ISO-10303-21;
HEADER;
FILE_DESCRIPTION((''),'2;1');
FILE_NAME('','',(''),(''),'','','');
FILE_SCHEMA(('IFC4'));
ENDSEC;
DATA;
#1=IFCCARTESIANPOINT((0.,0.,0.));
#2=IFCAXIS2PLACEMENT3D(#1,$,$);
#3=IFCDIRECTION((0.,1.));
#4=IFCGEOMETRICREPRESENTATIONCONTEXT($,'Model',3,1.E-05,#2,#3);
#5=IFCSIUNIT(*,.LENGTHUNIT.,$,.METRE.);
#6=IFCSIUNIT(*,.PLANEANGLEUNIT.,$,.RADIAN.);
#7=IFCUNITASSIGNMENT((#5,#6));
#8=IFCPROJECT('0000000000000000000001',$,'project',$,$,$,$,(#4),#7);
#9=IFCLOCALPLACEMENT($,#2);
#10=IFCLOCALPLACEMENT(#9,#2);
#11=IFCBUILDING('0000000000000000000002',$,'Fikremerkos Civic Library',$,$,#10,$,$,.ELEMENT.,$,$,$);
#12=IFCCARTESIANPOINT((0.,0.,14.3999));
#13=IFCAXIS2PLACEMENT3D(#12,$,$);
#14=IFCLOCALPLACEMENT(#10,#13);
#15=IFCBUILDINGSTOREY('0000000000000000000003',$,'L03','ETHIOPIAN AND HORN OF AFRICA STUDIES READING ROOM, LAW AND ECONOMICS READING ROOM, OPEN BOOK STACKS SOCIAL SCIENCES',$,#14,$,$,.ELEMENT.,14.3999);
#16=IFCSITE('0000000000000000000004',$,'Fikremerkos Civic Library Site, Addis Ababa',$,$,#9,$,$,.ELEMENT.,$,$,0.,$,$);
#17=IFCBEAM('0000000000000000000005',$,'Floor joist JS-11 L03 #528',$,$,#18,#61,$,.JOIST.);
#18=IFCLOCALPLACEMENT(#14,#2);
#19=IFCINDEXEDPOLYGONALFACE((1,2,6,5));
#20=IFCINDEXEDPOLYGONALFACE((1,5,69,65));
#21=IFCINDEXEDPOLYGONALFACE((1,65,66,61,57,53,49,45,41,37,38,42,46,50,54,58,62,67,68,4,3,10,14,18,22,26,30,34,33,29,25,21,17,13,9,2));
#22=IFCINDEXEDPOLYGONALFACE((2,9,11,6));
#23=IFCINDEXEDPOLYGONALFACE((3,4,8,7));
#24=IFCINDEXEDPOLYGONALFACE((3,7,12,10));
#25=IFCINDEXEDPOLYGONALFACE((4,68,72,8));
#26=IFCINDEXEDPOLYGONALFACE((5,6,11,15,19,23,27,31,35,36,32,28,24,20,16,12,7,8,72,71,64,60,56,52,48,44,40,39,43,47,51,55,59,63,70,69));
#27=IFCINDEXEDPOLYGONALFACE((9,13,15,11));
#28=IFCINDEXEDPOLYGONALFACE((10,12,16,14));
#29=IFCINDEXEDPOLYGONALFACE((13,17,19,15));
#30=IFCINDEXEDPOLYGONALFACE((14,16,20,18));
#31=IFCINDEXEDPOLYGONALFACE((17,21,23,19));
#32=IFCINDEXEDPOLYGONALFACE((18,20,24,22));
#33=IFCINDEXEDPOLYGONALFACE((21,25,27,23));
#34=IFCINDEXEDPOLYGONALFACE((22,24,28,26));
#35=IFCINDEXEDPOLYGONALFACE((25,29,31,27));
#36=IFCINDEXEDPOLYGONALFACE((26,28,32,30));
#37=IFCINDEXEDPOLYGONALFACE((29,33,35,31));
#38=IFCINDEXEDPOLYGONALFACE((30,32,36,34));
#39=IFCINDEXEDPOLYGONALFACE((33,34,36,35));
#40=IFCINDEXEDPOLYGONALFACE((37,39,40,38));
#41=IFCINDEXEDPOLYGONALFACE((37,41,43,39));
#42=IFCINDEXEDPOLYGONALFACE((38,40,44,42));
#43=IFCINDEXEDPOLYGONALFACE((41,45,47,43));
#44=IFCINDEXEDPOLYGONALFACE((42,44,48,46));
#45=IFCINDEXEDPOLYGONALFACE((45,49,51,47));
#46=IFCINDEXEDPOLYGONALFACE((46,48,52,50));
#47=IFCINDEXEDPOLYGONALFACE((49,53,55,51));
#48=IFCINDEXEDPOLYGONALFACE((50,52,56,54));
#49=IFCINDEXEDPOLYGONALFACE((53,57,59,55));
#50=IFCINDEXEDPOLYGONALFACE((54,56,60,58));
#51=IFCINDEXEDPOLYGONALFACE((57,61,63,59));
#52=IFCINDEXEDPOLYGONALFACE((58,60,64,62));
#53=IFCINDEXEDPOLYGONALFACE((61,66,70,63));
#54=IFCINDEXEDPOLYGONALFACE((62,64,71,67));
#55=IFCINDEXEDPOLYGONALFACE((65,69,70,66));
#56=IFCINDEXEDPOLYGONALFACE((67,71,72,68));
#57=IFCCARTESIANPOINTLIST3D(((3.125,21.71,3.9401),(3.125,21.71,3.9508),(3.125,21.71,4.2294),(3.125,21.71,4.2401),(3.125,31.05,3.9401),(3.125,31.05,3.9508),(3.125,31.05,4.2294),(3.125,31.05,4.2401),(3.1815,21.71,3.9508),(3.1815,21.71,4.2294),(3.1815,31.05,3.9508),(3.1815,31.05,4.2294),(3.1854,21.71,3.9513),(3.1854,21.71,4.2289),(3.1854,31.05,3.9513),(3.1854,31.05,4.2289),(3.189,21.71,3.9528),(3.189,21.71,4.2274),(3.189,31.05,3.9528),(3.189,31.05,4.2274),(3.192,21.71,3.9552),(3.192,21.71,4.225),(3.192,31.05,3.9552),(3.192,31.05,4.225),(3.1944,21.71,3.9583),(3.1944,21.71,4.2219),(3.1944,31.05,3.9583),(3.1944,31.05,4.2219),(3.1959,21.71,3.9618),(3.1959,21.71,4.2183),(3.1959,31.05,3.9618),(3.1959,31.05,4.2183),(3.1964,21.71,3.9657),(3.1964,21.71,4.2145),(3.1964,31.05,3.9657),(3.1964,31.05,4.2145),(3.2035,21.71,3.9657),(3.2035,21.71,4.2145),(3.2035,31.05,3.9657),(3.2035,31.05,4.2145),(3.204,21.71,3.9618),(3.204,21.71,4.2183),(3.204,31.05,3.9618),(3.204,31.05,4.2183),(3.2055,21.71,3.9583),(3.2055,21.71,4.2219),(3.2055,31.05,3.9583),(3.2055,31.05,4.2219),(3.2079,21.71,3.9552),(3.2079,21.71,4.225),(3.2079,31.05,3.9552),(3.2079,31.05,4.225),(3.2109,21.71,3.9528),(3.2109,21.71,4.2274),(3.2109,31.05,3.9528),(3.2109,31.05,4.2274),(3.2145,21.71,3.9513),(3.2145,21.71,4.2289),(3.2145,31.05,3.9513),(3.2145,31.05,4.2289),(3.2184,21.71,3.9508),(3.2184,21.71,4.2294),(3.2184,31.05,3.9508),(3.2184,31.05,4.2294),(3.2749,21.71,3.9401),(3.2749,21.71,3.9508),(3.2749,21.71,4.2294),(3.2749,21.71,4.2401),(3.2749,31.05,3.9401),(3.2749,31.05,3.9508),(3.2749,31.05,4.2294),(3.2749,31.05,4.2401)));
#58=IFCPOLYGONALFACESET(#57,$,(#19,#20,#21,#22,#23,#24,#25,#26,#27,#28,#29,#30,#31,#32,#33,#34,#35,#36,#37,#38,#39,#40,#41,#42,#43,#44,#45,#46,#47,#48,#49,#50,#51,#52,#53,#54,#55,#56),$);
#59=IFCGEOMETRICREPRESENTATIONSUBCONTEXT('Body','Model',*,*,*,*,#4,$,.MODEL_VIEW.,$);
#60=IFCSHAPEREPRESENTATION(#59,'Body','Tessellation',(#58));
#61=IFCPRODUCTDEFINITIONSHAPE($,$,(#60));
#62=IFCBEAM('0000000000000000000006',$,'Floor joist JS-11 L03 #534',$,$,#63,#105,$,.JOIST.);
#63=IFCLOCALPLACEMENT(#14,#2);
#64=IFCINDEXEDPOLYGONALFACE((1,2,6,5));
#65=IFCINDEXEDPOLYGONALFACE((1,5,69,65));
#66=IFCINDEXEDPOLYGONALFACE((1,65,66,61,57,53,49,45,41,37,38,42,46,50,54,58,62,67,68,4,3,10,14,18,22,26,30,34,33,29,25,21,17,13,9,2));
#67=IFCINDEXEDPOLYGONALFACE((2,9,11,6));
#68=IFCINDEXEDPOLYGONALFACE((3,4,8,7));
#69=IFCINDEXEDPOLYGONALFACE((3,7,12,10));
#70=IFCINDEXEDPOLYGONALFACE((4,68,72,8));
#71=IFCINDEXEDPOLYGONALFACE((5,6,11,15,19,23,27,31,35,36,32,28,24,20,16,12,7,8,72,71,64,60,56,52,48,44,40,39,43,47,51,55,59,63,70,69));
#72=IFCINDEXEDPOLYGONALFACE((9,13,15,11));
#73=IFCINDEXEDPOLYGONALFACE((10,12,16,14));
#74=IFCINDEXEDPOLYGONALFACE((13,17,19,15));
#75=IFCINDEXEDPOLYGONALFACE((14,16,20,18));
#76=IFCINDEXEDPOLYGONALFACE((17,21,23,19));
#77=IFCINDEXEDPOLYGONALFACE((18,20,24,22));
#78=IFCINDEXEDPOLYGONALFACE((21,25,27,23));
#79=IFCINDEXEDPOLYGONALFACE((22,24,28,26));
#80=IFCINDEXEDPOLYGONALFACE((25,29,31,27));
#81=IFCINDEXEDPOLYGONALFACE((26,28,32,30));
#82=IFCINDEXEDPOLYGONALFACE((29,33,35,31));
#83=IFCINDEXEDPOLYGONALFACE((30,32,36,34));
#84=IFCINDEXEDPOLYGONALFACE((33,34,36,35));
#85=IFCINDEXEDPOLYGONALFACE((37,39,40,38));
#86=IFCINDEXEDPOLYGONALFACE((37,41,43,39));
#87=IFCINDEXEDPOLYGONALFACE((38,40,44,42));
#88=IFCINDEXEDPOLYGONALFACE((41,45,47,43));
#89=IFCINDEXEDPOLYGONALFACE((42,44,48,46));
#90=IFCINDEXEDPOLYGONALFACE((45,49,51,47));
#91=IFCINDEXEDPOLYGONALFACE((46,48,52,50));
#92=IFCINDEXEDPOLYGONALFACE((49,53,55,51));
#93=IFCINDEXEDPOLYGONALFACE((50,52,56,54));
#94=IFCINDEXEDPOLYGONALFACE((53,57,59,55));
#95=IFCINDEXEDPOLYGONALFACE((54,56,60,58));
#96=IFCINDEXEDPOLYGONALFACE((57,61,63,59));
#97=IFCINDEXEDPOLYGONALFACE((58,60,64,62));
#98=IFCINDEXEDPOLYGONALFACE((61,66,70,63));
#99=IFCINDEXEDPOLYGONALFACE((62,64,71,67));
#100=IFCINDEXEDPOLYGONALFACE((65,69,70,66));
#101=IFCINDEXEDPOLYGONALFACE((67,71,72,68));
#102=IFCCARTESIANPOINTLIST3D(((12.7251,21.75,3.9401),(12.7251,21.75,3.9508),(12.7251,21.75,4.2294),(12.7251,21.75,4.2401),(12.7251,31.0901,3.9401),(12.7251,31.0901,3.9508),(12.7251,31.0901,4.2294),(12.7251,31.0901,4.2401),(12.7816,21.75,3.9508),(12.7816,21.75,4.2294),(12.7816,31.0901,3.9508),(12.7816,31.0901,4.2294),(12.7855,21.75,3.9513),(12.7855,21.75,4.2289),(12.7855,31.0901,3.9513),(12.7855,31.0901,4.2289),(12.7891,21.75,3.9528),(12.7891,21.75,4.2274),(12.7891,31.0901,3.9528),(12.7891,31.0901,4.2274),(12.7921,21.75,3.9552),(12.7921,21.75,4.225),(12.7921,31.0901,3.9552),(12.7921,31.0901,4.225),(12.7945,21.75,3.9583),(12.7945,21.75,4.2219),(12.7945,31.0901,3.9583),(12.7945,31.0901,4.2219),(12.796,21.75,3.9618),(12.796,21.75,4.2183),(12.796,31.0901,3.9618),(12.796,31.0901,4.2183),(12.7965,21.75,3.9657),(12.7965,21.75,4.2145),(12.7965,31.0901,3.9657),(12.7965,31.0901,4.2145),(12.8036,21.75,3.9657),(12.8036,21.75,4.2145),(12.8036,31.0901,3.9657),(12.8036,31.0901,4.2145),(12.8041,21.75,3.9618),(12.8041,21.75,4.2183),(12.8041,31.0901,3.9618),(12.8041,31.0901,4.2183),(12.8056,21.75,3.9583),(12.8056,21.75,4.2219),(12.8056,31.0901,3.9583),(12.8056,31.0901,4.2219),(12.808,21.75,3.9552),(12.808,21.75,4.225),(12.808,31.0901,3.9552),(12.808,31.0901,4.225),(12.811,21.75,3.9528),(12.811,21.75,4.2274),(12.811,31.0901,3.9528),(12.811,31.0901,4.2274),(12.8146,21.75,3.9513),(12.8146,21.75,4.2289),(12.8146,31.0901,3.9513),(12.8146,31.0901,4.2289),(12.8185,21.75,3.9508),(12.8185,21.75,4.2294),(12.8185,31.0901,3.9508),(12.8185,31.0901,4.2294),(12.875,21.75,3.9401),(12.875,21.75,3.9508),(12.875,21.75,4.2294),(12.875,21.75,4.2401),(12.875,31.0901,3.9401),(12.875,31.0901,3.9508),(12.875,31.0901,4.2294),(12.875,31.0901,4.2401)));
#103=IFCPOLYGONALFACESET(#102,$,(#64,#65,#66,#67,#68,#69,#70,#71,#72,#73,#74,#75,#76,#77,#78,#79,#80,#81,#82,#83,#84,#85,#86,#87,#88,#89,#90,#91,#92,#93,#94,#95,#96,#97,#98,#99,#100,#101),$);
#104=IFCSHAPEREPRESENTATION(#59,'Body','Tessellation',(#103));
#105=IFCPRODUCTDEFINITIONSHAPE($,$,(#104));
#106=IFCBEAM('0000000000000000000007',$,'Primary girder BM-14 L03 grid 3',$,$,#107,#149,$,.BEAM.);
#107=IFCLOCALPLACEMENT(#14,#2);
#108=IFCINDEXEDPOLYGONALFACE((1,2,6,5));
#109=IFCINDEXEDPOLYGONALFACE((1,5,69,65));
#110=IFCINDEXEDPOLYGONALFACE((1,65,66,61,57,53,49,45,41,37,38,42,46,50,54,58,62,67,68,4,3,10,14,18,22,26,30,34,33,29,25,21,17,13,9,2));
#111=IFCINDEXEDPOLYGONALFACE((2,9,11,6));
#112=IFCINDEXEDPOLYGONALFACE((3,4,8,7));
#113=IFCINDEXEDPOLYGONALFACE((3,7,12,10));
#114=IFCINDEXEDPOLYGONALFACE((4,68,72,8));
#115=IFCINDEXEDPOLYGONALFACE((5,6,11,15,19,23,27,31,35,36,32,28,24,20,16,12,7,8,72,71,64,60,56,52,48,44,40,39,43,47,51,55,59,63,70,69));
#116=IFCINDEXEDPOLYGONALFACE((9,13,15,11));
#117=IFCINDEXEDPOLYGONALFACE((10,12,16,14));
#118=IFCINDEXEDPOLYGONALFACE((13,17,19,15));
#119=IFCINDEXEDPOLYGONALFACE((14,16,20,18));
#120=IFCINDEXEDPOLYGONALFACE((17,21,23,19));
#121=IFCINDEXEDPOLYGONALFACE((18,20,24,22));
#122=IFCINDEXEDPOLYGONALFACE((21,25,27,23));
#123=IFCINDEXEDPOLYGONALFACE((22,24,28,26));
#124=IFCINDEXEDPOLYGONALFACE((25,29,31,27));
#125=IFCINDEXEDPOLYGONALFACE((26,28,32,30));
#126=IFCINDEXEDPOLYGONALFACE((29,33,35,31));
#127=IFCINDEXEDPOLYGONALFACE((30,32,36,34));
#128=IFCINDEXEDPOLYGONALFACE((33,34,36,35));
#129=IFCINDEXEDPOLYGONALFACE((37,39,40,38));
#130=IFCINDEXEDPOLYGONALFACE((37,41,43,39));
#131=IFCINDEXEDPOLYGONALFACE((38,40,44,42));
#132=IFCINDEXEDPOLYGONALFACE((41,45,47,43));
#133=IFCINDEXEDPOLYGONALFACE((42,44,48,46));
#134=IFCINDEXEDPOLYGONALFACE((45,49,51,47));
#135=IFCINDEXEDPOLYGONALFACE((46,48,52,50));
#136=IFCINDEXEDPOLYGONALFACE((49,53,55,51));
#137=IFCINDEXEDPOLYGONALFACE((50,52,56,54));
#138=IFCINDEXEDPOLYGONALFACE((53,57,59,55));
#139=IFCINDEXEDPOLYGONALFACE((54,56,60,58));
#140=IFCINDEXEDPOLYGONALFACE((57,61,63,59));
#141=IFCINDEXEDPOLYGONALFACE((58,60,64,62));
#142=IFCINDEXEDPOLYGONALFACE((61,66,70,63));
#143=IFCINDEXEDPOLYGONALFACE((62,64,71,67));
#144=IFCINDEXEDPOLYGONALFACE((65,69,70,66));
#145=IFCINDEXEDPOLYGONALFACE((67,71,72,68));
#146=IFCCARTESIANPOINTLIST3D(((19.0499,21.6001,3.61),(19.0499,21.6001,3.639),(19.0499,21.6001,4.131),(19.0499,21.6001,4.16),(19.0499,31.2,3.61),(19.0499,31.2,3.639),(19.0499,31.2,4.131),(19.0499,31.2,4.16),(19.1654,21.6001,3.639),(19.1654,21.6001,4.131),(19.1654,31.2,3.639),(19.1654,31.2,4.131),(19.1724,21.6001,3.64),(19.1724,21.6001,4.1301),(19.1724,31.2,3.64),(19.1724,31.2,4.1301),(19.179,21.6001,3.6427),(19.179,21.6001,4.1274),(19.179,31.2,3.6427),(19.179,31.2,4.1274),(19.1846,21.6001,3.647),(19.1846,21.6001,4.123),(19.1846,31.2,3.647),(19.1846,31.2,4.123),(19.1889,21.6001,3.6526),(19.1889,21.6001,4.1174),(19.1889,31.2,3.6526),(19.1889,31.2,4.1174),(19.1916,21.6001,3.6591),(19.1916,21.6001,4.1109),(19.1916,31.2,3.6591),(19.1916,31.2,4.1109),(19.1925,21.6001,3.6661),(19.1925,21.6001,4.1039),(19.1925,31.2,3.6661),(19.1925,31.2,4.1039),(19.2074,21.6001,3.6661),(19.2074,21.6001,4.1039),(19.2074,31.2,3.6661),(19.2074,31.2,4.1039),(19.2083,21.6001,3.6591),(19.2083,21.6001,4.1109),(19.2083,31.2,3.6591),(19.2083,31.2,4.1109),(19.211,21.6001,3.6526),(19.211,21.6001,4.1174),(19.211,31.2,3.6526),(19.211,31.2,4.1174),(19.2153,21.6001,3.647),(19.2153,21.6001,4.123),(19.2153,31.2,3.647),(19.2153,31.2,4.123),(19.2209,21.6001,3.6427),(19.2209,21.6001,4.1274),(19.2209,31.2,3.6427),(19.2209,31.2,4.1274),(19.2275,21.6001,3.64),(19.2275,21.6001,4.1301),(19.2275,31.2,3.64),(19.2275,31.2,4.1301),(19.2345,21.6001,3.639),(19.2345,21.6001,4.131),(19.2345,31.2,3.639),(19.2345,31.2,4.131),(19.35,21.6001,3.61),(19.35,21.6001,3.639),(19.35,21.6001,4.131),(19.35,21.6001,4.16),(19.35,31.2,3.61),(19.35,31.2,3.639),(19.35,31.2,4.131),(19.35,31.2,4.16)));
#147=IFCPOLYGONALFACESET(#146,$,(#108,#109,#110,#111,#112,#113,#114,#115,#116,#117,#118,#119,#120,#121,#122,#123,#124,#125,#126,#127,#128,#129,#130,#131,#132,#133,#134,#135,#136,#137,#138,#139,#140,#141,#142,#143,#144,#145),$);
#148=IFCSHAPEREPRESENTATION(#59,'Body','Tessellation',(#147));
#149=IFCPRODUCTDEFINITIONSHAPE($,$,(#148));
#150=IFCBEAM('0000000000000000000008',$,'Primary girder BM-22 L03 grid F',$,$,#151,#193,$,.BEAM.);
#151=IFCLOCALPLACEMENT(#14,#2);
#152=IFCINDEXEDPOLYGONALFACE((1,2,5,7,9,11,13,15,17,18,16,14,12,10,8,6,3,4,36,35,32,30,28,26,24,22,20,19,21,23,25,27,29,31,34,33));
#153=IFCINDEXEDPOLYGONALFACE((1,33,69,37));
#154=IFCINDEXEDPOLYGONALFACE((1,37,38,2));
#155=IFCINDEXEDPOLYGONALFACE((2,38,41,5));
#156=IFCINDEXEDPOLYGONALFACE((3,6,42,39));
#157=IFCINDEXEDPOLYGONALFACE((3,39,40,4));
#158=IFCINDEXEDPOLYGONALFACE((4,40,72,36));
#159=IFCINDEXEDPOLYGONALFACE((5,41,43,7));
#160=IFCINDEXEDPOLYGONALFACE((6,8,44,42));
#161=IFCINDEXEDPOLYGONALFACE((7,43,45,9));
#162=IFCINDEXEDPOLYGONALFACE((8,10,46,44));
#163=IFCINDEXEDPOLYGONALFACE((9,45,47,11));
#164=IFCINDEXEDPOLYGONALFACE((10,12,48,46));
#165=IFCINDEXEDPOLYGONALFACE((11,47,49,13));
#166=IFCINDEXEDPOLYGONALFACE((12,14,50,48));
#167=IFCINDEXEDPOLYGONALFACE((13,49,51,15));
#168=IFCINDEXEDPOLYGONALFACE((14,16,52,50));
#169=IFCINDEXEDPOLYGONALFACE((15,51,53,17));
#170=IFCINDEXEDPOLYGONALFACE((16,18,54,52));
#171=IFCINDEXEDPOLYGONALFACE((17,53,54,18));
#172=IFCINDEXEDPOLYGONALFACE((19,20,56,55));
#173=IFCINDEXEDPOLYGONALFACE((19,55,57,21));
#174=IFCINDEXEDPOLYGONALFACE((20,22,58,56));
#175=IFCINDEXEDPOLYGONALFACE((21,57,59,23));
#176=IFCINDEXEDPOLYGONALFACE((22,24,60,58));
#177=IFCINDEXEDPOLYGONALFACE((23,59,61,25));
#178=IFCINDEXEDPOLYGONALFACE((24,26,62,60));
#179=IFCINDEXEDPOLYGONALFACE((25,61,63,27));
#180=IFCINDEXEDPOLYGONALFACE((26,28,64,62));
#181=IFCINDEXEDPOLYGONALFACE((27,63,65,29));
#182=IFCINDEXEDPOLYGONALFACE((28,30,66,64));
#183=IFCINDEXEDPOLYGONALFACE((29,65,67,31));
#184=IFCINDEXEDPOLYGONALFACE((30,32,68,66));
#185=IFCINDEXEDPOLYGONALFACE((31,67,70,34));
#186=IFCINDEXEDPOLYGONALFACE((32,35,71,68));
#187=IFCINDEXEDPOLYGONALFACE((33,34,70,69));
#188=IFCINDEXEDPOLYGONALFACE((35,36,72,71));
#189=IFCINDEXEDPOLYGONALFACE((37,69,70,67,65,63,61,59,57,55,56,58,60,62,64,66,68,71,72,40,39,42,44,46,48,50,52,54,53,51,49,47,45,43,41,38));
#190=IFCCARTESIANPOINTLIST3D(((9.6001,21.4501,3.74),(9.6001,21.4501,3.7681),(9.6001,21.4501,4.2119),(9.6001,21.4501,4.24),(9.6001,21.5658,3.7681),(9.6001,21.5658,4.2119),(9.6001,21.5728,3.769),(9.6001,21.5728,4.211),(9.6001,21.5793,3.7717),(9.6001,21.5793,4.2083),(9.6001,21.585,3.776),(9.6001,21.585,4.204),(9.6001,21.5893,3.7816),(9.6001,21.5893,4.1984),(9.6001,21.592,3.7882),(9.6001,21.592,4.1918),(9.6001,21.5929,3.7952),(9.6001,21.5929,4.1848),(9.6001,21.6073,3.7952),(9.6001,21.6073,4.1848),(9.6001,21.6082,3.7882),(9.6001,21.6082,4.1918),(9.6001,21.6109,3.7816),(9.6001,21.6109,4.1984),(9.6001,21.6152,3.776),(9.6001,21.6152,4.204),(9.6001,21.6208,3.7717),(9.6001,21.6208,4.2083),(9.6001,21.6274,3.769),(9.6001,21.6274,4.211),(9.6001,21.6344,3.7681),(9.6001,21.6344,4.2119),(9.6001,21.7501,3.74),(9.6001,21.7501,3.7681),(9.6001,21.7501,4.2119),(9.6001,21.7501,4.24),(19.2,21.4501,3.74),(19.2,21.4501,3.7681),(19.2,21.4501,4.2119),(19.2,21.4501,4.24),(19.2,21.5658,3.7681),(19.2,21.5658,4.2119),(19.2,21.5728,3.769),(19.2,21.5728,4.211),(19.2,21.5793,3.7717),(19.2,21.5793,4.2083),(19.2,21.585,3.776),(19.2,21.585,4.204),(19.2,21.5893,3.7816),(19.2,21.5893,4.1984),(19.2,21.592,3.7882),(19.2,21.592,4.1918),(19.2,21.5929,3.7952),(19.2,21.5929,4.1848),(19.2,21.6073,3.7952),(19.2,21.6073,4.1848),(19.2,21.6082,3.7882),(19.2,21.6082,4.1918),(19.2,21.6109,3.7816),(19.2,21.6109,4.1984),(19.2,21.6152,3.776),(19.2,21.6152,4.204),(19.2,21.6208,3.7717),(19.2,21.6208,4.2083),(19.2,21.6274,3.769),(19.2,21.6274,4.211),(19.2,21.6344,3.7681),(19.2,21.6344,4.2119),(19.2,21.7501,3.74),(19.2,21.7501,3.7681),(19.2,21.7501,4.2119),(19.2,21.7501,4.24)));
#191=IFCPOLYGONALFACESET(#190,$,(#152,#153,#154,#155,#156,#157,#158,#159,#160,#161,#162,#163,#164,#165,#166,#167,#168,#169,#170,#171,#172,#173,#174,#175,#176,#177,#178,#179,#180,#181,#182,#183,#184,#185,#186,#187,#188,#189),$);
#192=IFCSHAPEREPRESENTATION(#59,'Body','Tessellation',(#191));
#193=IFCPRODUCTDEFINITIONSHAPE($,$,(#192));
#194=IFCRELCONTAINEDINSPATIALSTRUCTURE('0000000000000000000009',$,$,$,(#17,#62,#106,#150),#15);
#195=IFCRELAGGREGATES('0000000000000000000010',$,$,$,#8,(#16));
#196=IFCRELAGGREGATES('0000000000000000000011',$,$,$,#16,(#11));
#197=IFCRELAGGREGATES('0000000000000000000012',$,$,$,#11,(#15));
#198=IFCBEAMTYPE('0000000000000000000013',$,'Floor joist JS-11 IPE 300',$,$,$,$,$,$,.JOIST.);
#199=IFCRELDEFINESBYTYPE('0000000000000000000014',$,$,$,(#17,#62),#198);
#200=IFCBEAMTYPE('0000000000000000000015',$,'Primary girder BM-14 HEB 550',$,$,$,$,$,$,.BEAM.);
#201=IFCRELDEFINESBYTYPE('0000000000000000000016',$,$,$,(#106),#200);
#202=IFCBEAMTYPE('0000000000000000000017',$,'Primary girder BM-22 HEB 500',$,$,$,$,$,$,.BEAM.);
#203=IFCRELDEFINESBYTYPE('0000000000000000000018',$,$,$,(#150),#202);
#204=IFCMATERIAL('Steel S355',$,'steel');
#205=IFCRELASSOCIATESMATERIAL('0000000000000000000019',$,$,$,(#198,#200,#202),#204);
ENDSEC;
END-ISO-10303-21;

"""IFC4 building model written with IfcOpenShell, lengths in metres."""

from ifc_helpers import new_model, si_unit, direction, frame, origin, origin_2d, place, context, subcontext, project, spatial, i_section, extrude, material, material_profile, profile_set, type_object, element, save


model = new_model("IFC4")

# Units and contexts
model_context = context("Model", 3, precision=1e-05, world=origin(), true_north=direction((0.0, 1.0)))
body_context = subcontext(model_context, "Body", "Model", "MODEL_VIEW")
ifc_project = project(units=[si_unit("LENGTHUNIT", "METRE"), si_unit("PLANEANGLEUNIT", "RADIAN")], contexts=[model_context])

# Site, building, storey
site_placement = place(None, origin())
site = spatial("IfcSite", under=ifc_project, at=site_placement, Name="Fikremerkos Civic Library Site, Addis Ababa", CompositionType="ELEMENT", RefElevation=0.0)
building_placement = place(site_placement, origin())
building = spatial("IfcBuilding", under=site, at=building_placement, Name="Fikremerkos Civic Library", CompositionType="ELEMENT")
storey_placement = place(building_placement, frame((0.0, 0.0, 14.3999)))
storey = spatial("IfcBuildingStorey", under=building, at=storey_placement, Name="L03", Description="ETHIOPIAN AND HORN OF AFRICA STUDIES READING ROOM, LAW AND ECONOMICS READING ROOM, OPEN BOOK STACKS SOCIAL SCIENCES", CompositionType="ELEMENT", Elevation=14.3999)

# Shared definitions
ifc_material_1 = material(Name="Steel S355", Category="steel")

# Beams
ifc_material_profile_1 = material_profile(ifc_material_1, i_section(OverallWidth=0.1499, OverallDepth=0.3, WebThickness=0.0071, FlangeThickness=0.0107, FilletRadius=0.0149, at=origin_2d()), Name="IPE 300")
ifc_profile_set_1 = profile_set([ifc_material_profile_1], Name="Steel S355")
beam_type_1 = type_object("IfcBeamType", Name="Floor joist JS-11 IPE 300", PredefinedType="JOIST", material=ifc_profile_set_1)
for number, where, z_axis, x_axis, name in (
    (1, (3.2, 21.71, 4.0901), (0.0, 1.0, 0.0), (-1.0, 0.0, 0.0), "Floor joist JS-11 L03 #528"),
    (2, (12.8, 21.75, 4.0901), (0.0, 1.0, 0.0), (-1.0, 0.0, 0.0), "Floor joist JS-11 L03 #534"),
):
    element("IfcBeam", number, at=place(storey_placement, frame(where, z_axis=z_axis, x_axis=x_axis)), inside=storey, type_object=beam_type_1, Name=name, PredefinedType="JOIST", context=body_context, shape_type="SweptSolid", body=[
        extrude(i_section(OverallWidth=0.1499, OverallDepth=0.3, WebThickness=0.0071, FlangeThickness=0.0107, FilletRadius=0.0149, at=origin_2d()), origin(), (0.0, 0.0, 1.0), 9.3401),
    ])
ifc_material_profile_2 = material_profile(ifc_material_1, i_section(OverallWidth=0.3, OverallDepth=0.55, WebThickness=0.0149, FlangeThickness=0.0291, FilletRadius=0.0271, at=origin_2d()), Name="HEB 550")
ifc_profile_set_2 = profile_set([ifc_material_profile_2], Name="Steel S355")
beam_type_2 = type_object("IfcBeamType", Name="Primary girder BM-14 HEB 550", PredefinedType="BEAM", material=ifc_profile_set_2)
beam_1_placement = place(storey_placement, frame((19.2, 21.6001, 3.885), z_axis=(0.0, 1.0, 0.0), x_axis=(-1.0, 0.0, 0.0)))
element("IfcBeam", 3, at=beam_1_placement, inside=storey, type_object=beam_type_2, Name="Primary girder BM-14 L03 grid 3", PredefinedType="BEAM", context=body_context, shape_type="SweptSolid", body=[
    extrude(i_section(OverallWidth=0.3, OverallDepth=0.55, WebThickness=0.0149, FlangeThickness=0.0291, FilletRadius=0.0271, at=origin_2d()), origin(), (0.0, 0.0, 1.0), 9.5999),
])
ifc_material_profile_3 = material_profile(ifc_material_1, i_section(OverallWidth=0.3, OverallDepth=0.5, WebThickness=0.0144, FlangeThickness=0.0281, FilletRadius=0.0271, at=origin_2d()), Name="HEB 500")
ifc_profile_set_3 = profile_set([ifc_material_profile_3], Name="Steel S355")
beam_type_3 = type_object("IfcBeamType", Name="Primary girder BM-22 HEB 500", PredefinedType="BEAM", material=ifc_profile_set_3)
for number, where, z_axis, x_axis, name in (
    (4, (9.6001, 21.6001, 3.99), (1.0, 0.0, 0.0), (0.0, 1.0, 0.0), "Primary girder BM-22 L03 grid F"),
):
    element("IfcBeam", number, at=place(storey_placement, frame(where, z_axis=z_axis, x_axis=x_axis)), inside=storey, type_object=beam_type_3, Name=name, PredefinedType="BEAM", context=body_context, shape_type="SweptSolid", body=[
        extrude(i_section(OverallWidth=0.3, OverallDepth=0.5, WebThickness=0.0144, FlangeThickness=0.0281, FilletRadius=0.0271, at=origin_2d()), origin(), (0.0, 0.0, 1.0), 9.5999),
    ])

save(model, "model.ifc")
